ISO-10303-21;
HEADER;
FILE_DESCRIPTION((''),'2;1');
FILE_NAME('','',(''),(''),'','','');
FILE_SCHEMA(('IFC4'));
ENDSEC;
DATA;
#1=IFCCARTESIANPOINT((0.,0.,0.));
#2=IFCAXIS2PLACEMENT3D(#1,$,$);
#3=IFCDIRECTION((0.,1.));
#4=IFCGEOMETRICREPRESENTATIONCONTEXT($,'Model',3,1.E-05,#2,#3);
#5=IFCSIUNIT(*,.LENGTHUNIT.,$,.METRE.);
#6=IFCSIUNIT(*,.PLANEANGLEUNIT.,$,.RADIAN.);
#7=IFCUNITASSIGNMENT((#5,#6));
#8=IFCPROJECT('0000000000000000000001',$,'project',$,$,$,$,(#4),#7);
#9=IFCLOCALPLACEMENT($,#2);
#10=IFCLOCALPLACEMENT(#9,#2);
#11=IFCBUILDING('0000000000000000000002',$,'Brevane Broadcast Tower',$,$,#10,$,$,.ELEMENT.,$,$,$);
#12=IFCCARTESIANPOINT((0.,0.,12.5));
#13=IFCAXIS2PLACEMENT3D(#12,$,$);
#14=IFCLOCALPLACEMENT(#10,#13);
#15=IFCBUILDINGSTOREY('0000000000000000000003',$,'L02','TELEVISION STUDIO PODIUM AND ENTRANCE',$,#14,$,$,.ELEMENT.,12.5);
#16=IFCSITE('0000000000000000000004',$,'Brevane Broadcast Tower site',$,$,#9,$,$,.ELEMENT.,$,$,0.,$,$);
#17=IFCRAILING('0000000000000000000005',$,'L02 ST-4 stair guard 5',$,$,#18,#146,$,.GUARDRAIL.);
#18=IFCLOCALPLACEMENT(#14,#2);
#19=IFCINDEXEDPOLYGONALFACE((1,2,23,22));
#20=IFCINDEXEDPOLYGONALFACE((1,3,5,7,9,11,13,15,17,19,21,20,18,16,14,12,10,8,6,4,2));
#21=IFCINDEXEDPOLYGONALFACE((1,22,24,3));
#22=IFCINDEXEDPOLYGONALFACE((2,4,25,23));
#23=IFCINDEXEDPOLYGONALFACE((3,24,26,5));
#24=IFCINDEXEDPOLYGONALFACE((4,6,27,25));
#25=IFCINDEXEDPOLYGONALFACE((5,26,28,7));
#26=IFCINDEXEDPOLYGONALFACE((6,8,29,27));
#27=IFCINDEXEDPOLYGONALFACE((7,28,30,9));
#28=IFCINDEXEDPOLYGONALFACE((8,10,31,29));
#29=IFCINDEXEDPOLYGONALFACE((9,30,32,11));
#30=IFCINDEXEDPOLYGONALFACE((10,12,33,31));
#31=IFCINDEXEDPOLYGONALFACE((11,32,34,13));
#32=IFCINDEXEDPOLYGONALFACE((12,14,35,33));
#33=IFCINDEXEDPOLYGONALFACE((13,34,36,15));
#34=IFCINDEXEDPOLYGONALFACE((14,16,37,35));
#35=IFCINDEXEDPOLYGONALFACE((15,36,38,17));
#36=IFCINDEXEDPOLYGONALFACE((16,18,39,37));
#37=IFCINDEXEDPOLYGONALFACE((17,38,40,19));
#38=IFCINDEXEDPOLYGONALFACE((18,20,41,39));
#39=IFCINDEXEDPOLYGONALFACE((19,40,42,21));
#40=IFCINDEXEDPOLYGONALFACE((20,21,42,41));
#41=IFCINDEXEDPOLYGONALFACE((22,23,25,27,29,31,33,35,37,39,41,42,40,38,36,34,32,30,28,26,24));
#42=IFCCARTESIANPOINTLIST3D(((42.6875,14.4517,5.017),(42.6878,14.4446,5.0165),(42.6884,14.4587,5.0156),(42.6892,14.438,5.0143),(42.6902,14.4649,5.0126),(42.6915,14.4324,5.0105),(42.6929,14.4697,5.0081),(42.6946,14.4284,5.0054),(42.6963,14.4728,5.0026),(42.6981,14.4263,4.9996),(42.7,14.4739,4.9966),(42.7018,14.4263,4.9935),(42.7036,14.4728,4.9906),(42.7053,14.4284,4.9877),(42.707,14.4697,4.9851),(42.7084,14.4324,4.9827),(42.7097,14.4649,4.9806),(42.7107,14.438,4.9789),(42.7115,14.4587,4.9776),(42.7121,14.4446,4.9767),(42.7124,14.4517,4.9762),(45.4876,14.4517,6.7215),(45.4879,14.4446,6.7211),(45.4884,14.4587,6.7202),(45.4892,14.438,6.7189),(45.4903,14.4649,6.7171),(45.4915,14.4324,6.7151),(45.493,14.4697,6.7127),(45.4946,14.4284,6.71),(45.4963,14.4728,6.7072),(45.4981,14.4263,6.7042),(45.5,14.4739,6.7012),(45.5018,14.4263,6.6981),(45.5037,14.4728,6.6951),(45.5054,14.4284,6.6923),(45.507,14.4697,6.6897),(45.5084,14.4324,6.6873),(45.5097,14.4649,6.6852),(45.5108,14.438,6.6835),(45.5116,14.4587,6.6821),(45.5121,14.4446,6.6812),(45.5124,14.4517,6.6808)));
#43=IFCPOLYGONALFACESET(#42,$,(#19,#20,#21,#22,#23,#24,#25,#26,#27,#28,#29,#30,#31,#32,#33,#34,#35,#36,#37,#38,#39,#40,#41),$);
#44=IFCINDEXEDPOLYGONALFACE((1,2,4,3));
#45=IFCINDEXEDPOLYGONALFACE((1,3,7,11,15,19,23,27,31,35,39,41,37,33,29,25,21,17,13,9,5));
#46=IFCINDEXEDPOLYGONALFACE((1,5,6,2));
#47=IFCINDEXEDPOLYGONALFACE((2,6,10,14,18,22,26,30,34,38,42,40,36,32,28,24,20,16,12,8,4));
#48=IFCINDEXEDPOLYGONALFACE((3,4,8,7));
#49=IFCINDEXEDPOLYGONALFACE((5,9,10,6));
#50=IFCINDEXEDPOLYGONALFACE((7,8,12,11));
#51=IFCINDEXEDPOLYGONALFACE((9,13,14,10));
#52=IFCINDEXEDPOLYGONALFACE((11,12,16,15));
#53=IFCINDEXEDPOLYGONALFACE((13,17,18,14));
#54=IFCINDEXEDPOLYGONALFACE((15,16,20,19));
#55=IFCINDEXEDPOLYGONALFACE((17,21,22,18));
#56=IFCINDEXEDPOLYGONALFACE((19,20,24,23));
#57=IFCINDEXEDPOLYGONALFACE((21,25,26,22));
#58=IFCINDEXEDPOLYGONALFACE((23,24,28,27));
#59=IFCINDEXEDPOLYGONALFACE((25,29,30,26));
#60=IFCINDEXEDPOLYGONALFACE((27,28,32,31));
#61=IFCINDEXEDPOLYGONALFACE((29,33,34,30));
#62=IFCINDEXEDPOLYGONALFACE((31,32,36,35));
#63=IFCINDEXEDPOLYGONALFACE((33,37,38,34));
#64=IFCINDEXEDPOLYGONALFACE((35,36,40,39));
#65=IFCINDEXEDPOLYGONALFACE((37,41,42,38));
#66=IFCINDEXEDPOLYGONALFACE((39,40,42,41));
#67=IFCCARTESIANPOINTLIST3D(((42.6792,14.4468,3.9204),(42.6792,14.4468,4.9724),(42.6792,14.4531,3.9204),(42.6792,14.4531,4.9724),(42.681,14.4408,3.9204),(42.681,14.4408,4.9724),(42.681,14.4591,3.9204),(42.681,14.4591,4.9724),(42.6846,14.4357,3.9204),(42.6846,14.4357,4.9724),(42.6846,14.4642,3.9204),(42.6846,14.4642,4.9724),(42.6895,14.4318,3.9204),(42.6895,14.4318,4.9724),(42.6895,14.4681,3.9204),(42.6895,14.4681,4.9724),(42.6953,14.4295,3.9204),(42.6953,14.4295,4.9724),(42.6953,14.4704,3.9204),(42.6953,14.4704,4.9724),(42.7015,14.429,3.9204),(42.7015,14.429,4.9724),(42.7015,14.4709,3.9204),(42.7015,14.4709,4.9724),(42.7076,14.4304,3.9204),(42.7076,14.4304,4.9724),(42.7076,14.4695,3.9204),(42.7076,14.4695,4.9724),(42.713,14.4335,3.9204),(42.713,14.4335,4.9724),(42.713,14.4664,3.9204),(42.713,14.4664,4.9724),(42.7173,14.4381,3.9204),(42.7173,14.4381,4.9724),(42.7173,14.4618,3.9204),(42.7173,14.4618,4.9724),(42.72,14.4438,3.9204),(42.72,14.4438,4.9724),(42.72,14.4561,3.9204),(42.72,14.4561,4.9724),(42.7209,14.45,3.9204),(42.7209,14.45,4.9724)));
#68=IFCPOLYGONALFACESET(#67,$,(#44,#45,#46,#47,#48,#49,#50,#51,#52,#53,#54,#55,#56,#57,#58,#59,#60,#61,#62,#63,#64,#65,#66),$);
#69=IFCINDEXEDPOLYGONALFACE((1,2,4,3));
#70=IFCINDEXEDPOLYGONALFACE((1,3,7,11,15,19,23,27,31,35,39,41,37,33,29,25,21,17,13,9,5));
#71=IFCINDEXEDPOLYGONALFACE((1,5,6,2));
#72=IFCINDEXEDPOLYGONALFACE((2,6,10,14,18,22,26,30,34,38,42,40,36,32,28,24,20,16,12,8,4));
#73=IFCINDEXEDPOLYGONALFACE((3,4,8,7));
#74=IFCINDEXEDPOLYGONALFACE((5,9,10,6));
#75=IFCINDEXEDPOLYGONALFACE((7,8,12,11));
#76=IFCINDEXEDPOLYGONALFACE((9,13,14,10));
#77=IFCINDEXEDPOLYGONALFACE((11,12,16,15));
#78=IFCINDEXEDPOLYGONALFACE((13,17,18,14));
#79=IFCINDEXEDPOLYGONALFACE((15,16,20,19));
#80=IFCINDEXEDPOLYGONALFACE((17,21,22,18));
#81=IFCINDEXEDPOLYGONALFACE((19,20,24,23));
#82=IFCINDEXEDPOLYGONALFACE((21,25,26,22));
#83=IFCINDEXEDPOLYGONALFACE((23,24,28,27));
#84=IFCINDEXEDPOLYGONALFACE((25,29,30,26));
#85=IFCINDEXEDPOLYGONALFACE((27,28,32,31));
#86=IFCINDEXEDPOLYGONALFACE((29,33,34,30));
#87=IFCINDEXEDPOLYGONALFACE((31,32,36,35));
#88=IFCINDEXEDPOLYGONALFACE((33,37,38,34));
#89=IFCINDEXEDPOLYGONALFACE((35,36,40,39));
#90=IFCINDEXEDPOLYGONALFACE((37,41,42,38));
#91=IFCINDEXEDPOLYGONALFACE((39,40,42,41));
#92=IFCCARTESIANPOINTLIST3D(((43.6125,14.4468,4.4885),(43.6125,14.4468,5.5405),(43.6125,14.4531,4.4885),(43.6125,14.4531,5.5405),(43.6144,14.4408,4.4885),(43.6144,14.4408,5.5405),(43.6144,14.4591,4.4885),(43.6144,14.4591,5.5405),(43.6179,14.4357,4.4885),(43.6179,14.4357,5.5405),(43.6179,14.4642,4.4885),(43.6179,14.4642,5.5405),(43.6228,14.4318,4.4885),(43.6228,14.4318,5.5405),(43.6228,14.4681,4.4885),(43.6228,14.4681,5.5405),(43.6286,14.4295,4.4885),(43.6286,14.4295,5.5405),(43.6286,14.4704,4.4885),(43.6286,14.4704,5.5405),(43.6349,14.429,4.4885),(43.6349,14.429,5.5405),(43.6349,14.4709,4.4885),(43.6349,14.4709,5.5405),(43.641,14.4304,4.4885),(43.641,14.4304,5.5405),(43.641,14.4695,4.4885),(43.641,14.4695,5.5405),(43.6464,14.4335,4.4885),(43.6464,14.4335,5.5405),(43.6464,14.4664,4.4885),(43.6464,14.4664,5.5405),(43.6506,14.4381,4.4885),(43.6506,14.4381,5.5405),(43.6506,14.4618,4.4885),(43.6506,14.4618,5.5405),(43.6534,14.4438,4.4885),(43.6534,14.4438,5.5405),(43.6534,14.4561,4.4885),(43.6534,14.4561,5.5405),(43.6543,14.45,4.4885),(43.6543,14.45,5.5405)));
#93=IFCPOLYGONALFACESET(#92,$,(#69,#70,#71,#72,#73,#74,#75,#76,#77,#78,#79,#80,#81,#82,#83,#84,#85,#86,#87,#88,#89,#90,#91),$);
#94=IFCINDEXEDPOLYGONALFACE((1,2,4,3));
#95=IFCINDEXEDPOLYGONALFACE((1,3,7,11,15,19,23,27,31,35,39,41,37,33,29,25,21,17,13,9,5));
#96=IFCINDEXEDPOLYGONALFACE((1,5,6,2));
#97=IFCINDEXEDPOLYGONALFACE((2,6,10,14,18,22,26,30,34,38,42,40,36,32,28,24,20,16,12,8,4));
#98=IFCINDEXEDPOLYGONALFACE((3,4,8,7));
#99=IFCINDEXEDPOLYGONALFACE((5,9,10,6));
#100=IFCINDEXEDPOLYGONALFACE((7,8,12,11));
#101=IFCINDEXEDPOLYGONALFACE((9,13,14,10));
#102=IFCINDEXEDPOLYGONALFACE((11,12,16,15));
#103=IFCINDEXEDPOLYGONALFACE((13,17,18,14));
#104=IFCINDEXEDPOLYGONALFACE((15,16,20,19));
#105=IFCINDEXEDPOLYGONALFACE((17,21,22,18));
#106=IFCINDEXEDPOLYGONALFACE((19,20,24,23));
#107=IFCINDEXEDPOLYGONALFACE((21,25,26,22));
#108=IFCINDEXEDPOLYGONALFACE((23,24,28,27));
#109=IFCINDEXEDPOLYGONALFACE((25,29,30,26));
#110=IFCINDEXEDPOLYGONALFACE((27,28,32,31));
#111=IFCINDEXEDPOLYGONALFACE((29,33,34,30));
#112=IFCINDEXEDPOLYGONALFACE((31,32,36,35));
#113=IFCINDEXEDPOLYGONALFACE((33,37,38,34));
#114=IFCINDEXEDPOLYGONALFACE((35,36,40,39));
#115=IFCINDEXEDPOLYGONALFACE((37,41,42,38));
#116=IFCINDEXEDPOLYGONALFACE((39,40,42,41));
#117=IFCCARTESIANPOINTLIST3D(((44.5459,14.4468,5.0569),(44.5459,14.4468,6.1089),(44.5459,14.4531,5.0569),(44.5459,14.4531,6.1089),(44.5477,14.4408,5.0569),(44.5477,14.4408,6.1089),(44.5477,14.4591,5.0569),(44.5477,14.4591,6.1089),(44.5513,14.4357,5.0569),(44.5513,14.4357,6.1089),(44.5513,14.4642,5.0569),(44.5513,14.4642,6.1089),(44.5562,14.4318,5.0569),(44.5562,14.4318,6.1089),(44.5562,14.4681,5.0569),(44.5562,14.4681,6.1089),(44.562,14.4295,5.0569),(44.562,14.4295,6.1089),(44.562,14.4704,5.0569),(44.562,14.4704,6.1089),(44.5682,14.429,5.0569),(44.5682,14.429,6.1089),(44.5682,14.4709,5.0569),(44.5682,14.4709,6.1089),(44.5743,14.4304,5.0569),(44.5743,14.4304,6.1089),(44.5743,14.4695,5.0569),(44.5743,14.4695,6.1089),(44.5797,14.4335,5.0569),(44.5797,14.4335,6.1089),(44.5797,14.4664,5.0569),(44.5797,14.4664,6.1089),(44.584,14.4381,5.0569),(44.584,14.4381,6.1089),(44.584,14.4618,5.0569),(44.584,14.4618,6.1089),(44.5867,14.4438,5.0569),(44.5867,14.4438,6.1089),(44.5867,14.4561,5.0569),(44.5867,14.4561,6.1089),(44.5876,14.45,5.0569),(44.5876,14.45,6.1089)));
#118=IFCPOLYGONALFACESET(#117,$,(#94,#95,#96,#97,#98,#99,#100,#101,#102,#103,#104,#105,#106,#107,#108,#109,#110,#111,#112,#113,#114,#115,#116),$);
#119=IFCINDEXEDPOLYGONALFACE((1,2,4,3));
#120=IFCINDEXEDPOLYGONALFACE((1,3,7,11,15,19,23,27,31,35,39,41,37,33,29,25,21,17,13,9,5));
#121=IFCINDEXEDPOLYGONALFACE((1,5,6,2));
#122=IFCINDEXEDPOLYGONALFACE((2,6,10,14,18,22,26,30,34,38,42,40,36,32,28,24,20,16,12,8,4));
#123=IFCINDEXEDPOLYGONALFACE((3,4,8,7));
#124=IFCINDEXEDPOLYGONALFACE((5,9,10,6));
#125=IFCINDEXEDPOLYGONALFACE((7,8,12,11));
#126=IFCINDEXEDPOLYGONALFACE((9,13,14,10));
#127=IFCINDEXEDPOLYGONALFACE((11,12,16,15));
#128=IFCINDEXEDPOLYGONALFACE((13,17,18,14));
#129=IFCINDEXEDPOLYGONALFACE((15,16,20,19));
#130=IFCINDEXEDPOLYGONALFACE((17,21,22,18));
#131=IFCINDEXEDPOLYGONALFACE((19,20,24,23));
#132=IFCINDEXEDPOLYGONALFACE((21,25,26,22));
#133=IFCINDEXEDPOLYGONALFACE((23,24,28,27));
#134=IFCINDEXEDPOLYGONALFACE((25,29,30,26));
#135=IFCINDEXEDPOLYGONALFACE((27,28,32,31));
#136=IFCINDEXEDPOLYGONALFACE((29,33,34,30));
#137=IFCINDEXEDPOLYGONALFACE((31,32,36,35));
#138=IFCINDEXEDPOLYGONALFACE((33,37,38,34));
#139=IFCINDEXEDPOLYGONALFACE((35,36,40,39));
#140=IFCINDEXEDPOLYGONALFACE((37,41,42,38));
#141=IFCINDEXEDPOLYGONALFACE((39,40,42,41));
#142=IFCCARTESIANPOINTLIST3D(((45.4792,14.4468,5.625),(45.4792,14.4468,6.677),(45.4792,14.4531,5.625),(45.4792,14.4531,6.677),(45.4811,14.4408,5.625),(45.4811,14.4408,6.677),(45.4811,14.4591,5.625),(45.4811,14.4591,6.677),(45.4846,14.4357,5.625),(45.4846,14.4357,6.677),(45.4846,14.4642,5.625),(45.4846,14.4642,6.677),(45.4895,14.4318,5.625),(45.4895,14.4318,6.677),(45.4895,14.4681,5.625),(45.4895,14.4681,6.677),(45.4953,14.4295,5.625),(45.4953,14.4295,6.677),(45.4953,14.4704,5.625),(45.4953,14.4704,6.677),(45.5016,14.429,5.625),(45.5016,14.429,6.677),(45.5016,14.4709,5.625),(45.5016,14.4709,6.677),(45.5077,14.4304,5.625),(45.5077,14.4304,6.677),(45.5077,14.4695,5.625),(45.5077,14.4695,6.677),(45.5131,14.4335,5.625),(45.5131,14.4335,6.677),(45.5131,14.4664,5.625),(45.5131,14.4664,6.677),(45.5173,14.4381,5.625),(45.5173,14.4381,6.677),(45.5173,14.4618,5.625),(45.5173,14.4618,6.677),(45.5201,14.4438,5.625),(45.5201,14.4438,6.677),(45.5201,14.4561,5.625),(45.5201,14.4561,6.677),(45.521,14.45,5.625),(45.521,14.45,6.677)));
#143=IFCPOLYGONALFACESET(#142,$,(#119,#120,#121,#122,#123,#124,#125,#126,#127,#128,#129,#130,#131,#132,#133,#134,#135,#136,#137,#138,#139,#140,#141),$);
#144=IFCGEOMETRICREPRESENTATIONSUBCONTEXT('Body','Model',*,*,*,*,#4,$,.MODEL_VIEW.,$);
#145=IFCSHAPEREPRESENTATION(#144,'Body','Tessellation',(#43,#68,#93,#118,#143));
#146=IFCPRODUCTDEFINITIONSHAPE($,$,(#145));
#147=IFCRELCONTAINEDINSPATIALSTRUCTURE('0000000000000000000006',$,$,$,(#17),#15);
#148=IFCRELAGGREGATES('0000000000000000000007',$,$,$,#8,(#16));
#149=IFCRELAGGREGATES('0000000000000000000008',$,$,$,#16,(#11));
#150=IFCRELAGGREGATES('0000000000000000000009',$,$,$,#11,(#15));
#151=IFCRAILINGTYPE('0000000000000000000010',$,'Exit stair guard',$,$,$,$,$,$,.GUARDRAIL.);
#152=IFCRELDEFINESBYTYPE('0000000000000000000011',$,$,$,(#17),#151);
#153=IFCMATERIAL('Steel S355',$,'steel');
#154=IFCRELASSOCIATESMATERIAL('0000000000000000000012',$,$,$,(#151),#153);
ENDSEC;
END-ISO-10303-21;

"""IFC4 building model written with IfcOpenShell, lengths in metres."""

from ifc_helpers import new_model, si_unit, direction, frame, origin, origin_2d, place, context, subcontext, project, spatial, circle, extrude, material, type_object, element, save


model = new_model("IFC4")

# Units and contexts
model_context = context("Model", 3, precision=1e-05, world=origin(), true_north=direction((0.0, 1.0)))
body_context = subcontext(model_context, "Body", "Model", "MODEL_VIEW")
ifc_project = project(units=[si_unit("LENGTHUNIT", "METRE"), si_unit("PLANEANGLEUNIT", "RADIAN")], contexts=[model_context])

# Site, building, storey
site_placement = place(None, origin())
site = spatial("IfcSite", under=ifc_project, at=site_placement, Name="Brevane Broadcast Tower site", CompositionType="ELEMENT", RefElevation=0.0)
building_placement = place(site_placement, origin())
building = spatial("IfcBuilding", under=site, at=building_placement, Name="Brevane Broadcast Tower", CompositionType="ELEMENT")
storey_placement = place(building_placement, frame((0.0, 0.0, 12.5)))
storey = spatial("IfcBuildingStorey", under=building, at=storey_placement, Name="L02", Description="TELEVISION STUDIO PODIUM AND ENTRANCE", CompositionType="ELEMENT", Elevation=12.5)

# Railing
ifc_material_1 = material(Name="Steel S355", Category="steel")
railing_type_1 = type_object("IfcRailingType", Name="Exit stair guard", PredefinedType="GUARDRAIL", material=ifc_material_1)
railing_1_placement = place(storey_placement, frame((42.7, 14.45, 3.9204)))
element("IfcRailing", 1, at=railing_1_placement, inside=storey, type_object=railing_type_1, Name="L02 ST-4 stair guard 5", PredefinedType="GUARDRAIL", context=body_context, shape_type="SweptSolid", body=[
    extrude(circle(Radius=0.0239, at=origin_2d()), frame((0.0, 0.0, 1.0762), z_axis=(0.85417, 0.0, 0.519994), x_axis=(0.0, 1.0, 0.0)), (0.0, 0.0, 1.0), 3.2781),
    extrude(circle(Radius=0.021, at=origin_2d()), origin(), (0.0, 0.0, 1.0), 1.052),
    extrude(circle(Radius=0.021, at=origin_2d()), frame((0.9333, 0.0, 0.5681)), (0.0, 0.0, 1.0), 1.052),
    extrude(circle(Radius=0.021, at=origin_2d()), frame((1.8667, 0.0, 1.1365)), (0.0, 0.0, 1.0), 1.052),
    extrude(circle(Radius=0.021, at=origin_2d()), frame((2.8, 0.0, 1.7046)), (0.0, 0.0, 1.0), 1.052),
])

save(model, "model.ifc")
